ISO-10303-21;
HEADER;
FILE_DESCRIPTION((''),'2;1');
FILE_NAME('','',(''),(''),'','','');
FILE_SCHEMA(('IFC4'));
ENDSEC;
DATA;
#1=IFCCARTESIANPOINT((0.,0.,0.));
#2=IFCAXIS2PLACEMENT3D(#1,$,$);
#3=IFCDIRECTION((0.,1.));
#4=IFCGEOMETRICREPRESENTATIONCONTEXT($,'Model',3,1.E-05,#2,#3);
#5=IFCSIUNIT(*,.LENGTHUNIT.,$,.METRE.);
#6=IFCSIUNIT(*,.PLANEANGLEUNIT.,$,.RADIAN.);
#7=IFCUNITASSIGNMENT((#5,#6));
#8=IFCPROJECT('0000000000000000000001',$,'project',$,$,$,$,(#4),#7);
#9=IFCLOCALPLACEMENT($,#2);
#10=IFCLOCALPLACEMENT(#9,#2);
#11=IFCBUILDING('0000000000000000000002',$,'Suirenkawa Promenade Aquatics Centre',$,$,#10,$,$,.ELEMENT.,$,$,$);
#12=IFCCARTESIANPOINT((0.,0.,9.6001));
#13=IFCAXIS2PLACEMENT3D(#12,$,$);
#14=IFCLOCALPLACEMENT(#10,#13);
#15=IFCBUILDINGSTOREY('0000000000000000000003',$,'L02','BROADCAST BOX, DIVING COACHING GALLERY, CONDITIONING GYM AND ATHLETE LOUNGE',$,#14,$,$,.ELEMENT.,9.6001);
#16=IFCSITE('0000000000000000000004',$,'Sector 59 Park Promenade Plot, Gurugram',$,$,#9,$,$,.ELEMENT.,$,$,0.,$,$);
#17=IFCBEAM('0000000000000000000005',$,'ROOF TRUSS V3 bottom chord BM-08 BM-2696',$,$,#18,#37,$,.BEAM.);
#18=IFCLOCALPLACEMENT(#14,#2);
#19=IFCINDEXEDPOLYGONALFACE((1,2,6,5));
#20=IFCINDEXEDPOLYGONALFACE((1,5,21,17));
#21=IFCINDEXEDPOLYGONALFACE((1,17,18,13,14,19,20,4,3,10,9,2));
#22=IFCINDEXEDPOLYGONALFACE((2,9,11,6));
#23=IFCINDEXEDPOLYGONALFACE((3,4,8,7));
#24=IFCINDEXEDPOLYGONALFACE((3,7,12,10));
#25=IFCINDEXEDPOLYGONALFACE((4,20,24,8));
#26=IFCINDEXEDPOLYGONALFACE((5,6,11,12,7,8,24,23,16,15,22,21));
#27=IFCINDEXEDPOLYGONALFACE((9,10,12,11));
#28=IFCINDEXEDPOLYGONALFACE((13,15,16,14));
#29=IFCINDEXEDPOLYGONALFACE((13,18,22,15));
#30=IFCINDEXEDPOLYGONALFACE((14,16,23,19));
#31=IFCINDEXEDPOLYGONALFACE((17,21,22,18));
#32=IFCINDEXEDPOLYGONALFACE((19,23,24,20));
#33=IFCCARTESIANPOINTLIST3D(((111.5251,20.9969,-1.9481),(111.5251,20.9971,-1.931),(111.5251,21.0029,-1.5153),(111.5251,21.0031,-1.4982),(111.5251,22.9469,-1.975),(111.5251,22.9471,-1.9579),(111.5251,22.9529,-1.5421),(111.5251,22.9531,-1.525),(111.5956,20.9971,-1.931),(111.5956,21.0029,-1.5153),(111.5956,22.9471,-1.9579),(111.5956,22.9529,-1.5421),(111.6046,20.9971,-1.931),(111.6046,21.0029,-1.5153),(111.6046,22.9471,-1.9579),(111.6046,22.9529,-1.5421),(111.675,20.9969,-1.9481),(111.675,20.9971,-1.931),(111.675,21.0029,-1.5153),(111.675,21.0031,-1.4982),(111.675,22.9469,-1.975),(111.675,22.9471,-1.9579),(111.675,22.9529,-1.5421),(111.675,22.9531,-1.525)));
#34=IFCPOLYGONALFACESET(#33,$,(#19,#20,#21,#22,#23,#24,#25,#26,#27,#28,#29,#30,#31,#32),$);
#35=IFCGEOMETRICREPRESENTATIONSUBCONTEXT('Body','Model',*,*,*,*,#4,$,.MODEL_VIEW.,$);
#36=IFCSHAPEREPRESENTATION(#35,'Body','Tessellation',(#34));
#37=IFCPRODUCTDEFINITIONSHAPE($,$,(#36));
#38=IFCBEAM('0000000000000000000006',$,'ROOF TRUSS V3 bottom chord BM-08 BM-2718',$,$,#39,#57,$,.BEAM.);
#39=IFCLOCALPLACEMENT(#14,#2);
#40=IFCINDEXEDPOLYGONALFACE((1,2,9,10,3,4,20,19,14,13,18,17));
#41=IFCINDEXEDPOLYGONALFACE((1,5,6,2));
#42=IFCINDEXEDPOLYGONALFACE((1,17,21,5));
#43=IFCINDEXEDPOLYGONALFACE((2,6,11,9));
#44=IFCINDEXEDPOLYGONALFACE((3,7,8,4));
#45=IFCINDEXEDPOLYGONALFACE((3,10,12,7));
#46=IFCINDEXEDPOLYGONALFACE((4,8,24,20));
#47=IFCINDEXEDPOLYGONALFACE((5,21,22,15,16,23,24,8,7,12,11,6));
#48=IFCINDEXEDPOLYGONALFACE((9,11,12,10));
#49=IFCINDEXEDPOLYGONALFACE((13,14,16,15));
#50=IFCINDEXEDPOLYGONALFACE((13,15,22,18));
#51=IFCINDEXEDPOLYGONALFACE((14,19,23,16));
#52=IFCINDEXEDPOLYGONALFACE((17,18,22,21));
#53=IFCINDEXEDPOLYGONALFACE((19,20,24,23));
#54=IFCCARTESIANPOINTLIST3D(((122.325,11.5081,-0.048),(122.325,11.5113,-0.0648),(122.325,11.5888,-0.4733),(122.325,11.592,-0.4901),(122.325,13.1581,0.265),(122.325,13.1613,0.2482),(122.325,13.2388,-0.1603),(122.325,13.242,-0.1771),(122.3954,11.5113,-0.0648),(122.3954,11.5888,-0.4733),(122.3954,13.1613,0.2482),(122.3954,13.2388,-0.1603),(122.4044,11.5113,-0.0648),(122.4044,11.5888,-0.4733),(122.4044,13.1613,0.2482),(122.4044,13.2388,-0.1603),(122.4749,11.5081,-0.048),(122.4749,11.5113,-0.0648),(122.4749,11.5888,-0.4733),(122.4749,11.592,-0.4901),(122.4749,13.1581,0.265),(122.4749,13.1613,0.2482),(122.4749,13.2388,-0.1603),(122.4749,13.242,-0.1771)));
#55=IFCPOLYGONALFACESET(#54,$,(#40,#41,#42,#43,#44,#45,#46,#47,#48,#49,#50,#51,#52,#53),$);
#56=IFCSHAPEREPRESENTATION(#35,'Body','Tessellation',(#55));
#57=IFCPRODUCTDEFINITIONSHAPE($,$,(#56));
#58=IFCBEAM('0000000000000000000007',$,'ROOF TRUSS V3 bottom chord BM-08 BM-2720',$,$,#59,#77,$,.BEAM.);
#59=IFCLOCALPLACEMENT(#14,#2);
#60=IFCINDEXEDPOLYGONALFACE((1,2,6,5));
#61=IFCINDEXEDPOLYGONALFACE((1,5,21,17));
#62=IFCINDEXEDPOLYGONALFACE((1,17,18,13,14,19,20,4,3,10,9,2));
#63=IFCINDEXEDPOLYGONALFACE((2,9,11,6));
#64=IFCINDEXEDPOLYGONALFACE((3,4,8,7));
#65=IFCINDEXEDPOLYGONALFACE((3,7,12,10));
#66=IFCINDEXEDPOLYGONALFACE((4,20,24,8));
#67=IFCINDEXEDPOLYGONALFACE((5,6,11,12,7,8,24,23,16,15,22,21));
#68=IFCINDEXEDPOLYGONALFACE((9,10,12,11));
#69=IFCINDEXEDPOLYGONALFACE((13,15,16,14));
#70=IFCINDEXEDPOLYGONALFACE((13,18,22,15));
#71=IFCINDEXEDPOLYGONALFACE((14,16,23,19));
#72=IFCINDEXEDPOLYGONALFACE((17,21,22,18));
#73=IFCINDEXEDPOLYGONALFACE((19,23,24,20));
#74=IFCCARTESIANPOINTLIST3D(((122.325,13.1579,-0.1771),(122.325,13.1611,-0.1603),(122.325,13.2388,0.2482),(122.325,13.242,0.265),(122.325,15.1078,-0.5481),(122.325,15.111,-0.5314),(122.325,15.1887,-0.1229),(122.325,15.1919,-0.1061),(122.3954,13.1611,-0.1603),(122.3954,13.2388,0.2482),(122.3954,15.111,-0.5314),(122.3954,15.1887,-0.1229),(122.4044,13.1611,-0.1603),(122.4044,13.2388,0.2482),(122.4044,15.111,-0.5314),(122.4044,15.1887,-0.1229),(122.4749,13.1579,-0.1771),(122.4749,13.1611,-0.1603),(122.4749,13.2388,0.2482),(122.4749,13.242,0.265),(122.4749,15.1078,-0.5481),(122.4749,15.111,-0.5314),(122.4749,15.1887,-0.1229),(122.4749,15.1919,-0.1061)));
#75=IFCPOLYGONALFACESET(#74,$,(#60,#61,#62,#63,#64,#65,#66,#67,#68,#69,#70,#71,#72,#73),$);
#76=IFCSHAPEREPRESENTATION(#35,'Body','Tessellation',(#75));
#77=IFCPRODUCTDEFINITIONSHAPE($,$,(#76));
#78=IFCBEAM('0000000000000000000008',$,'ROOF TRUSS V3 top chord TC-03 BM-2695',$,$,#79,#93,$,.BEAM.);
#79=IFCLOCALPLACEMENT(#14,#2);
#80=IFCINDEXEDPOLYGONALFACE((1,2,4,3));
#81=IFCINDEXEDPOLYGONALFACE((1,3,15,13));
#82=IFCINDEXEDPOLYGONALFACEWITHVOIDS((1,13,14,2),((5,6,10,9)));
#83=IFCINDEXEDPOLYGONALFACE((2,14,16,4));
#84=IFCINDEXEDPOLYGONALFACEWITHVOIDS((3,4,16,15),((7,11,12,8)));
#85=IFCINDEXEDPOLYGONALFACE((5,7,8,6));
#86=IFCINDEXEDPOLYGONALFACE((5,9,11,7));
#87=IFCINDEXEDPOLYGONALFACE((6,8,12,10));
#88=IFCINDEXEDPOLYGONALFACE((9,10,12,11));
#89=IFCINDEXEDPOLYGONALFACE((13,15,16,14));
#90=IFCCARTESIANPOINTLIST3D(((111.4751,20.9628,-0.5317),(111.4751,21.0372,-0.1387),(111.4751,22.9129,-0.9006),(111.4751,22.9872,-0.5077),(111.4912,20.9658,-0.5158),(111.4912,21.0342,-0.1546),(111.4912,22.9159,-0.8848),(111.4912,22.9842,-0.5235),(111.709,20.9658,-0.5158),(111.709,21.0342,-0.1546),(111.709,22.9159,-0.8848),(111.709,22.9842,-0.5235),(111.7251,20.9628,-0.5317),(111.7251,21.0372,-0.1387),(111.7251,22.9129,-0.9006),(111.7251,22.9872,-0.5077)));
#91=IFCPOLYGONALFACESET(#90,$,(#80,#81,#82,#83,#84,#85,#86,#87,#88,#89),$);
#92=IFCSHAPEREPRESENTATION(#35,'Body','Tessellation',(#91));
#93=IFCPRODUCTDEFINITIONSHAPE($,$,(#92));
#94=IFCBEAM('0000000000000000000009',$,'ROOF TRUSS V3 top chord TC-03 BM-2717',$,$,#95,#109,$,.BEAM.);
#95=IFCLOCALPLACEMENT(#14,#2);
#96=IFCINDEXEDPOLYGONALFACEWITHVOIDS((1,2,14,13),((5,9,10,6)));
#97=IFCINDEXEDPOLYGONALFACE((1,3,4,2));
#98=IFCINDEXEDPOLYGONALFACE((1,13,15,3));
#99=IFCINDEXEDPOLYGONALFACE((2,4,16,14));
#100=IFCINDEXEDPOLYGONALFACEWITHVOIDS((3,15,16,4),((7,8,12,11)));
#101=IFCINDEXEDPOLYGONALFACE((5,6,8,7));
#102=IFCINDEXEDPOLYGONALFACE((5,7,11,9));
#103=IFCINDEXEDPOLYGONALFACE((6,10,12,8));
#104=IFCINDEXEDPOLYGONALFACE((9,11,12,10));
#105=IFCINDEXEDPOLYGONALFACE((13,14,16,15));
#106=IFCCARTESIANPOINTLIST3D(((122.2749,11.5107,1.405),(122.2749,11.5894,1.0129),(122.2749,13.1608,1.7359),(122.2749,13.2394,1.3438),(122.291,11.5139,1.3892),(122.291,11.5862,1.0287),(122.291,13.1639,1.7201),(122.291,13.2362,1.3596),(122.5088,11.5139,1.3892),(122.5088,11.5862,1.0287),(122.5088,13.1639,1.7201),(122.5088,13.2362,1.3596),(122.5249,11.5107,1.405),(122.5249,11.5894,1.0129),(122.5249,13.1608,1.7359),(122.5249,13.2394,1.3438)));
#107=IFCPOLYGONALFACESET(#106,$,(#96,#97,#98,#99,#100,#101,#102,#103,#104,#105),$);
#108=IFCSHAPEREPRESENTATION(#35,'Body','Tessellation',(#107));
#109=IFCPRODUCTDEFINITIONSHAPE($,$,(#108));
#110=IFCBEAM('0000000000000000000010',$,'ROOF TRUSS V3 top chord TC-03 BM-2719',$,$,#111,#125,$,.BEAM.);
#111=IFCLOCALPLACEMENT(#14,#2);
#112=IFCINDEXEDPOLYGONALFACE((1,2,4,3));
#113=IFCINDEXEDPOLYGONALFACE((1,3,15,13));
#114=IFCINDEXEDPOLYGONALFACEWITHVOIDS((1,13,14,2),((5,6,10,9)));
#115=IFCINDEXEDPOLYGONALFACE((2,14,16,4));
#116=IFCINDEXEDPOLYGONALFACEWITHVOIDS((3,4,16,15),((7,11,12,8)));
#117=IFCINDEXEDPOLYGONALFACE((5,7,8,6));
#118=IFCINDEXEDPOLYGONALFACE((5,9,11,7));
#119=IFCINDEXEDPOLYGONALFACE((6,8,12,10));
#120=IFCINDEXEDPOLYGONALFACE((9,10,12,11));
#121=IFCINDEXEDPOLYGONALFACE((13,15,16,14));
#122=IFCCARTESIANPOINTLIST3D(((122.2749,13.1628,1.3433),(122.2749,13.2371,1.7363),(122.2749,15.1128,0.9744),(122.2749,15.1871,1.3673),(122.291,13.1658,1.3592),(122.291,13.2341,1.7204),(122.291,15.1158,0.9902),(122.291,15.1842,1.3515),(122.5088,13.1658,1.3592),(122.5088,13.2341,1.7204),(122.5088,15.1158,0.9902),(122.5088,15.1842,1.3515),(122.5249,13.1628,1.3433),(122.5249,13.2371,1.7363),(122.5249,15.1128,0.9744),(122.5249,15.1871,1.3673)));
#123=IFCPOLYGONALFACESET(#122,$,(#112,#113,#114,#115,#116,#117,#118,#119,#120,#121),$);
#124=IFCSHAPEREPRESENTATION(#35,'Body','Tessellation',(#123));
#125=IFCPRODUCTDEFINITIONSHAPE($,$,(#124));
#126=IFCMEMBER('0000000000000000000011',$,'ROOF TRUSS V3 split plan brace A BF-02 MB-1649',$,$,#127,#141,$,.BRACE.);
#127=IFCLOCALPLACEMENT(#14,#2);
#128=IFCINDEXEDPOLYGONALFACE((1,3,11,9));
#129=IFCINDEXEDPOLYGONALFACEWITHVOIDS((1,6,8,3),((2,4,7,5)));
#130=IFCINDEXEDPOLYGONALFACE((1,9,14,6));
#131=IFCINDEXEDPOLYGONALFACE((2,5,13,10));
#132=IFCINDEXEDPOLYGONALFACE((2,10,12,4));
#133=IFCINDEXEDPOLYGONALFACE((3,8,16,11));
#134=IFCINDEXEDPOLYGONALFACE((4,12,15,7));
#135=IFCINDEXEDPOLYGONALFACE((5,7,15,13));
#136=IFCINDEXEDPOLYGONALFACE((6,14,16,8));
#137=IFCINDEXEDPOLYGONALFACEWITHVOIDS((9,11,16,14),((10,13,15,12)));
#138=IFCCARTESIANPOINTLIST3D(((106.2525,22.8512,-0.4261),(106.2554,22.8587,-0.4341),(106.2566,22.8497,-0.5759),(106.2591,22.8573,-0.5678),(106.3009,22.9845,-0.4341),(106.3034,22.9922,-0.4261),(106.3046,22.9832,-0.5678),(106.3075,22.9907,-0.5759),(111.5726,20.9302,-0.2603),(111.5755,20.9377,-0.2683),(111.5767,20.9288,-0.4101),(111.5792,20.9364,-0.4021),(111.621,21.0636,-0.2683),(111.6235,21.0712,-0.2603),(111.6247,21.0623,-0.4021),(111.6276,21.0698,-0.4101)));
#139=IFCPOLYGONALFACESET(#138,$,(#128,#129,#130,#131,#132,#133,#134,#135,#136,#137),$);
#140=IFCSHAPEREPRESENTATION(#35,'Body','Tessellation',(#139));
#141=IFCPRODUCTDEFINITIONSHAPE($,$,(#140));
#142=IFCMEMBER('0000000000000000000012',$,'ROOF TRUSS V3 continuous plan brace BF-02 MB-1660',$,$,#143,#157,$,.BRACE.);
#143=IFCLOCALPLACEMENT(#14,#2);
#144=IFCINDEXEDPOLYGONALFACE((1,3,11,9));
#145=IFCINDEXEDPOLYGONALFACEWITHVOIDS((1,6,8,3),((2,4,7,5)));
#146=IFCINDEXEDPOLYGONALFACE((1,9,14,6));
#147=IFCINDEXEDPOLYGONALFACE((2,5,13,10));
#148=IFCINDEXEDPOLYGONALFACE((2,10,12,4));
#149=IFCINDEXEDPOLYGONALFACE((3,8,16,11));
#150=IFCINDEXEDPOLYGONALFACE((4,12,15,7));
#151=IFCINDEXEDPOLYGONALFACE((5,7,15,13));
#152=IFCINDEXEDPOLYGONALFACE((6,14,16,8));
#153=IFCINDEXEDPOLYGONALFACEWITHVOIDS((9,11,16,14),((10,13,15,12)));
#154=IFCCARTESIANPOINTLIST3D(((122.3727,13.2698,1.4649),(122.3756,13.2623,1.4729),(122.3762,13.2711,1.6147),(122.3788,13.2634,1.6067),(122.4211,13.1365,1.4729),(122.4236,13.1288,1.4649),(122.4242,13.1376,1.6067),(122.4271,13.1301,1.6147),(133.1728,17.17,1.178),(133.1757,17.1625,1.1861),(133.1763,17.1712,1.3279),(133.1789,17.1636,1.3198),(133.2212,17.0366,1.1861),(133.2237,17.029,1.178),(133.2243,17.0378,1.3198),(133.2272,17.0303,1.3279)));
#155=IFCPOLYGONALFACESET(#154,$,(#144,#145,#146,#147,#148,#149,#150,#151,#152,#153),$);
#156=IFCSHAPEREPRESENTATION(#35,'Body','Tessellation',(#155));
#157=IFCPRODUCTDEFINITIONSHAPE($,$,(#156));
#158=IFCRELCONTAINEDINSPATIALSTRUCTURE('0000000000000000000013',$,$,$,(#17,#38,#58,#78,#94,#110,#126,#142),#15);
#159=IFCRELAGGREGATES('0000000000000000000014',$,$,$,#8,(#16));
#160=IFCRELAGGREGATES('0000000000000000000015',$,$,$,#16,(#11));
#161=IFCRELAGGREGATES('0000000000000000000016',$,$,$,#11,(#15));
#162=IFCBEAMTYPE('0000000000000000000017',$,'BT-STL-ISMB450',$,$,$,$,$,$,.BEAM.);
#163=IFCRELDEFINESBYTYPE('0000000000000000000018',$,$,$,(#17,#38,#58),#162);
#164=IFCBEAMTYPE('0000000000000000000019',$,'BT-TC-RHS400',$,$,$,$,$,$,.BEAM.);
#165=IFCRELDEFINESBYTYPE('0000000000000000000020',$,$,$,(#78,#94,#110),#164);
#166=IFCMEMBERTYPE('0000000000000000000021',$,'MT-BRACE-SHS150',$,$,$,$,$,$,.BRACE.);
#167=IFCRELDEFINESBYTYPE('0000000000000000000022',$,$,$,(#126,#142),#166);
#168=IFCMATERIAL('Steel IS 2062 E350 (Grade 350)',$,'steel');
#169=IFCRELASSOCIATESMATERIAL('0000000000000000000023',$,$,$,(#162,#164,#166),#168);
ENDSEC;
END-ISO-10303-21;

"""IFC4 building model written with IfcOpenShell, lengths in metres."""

from ifc_helpers import new_model, si_unit, direction, frame, origin, origin_2d, place, context, subcontext, project, spatial, hollow_rectangle, i_section, extrude, material, material_profile, profile_set, type_object, element, save


model = new_model("IFC4")

# Units and contexts
model_context = context("Model", 3, precision=1e-05, world=origin(), true_north=direction((0.0, 1.0)))
body_context = subcontext(model_context, "Body", "Model", "MODEL_VIEW")
ifc_project = project(units=[si_unit("LENGTHUNIT", "METRE"), si_unit("PLANEANGLEUNIT", "RADIAN")], contexts=[model_context])

# Site, building, storey
site_placement = place(None, origin())
site = spatial("IfcSite", under=ifc_project, at=site_placement, Name="Sector 59 Park Promenade Plot, Gurugram", CompositionType="ELEMENT", RefElevation=0.0)
building_placement = place(site_placement, origin())
building = spatial("IfcBuilding", under=site, at=building_placement, Name="Suirenkawa Promenade Aquatics Centre", CompositionType="ELEMENT")
storey_placement = place(building_placement, frame((0.0, 0.0, 9.6001)))
storey = spatial("IfcBuildingStorey", under=building, at=storey_placement, Name="L02", Description="BROADCAST BOX, DIVING COACHING GALLERY, CONDITIONING GYM AND ATHLETE LOUNGE", CompositionType="ELEMENT", Elevation=9.6001)

# Beams
ifc_material_1 = material(Name="Steel IS 2062 E350 (Grade 350)", Category="steel")
ifc_material_profile_1 = material_profile(ifc_material_1, i_section(OverallWidth=0.1499, OverallDepth=0.45, WebThickness=0.009, FlangeThickness=0.0171, at=origin_2d()), Name="ISMB 450", Category="steel")
ifc_profile_set_1 = profile_set([ifc_material_profile_1], Name="Steel IS 2062 E350 (Grade 350)")
beam_type_1 = type_object("IfcBeamType", Name="BT-STL-ISMB450", PredefinedType="BEAM", material=ifc_profile_set_1)
beam_1_placement = place(storey_placement, frame((111.6001, 21.0, -1.7231), z_axis=(0.0, 0.999905, -0.013771), x_axis=(-1.0, 0.0, 0.0)))
element("IfcBeam", 1, at=beam_1_placement, inside=storey, type_object=beam_type_1, Name="ROOF TRUSS V3 bottom chord BM-08 BM-2696", PredefinedType="BEAM", context=body_context, shape_type="SweptSolid", body=[
    extrude(i_section(OverallWidth=0.1499, OverallDepth=0.45, WebThickness=0.009, FlangeThickness=0.0171, at=origin_2d()), origin(), (0.0, 0.0, 1.0), 1.9502),
])
beam_2_placement = place(storey_placement, frame((122.3999, 11.55, -0.269), z_axis=(0.0, 0.982478, 0.186377), x_axis=(-1.0, 0.0, 0.0)))
element("IfcBeam", 2, at=beam_2_placement, inside=storey, type_object=beam_type_1, Name="ROOF TRUSS V3 bottom chord BM-08 BM-2718", PredefinedType="BEAM", context=body_context, shape_type="SweptSolid", body=[
    extrude(i_section(OverallWidth=0.1499, OverallDepth=0.45, WebThickness=0.009, FlangeThickness=0.0171, at=origin_2d()), origin(), (0.0, 0.0, 1.0), 1.6794),
])
beam_3_placement = place(storey_placement, frame((122.3999, 13.2, 0.0439), z_axis=(0.0, 0.982369, -0.186954), x_axis=(-1.0, 0.0, 0.0)))
element("IfcBeam", 3, at=beam_3_placement, inside=storey, type_object=beam_type_1, Name="ROOF TRUSS V3 bottom chord BM-08 BM-2720", PredefinedType="BEAM", context=body_context, shape_type="SweptSolid", body=[
    extrude(i_section(OverallWidth=0.1499, OverallDepth=0.45, WebThickness=0.009, FlangeThickness=0.0171, at=origin_2d()), origin(), (0.0, 0.0, 1.0), 1.9849),
])
ifc_material_profile_2 = material_profile(ifc_material_1, hollow_rectangle(XDim=0.25, YDim=0.3999, WallThickness=0.0161, at=origin_2d()), Name="RHS 400x250x16", Category="steel")
ifc_profile_set_2 = profile_set([ifc_material_profile_2], Name="Steel IS 2062 E350 (Grade 350)")
beam_type_2 = type_object("IfcBeamType", Name="BT-TC-RHS400", PredefinedType="BEAM", material=ifc_profile_set_2)
beam_4_placement = place(storey_placement, frame((111.6001, 21.0, -0.3352), z_axis=(0.0, 0.982571, -0.185885), x_axis=(-1.0, 0.0, 0.0)))
element("IfcBeam", 4, at=beam_4_placement, inside=storey, type_object=beam_type_2, Name="ROOF TRUSS V3 top chord TC-03 BM-2695", PredefinedType="BEAM", context=body_context, shape_type="SweptSolid", body=[
    extrude(hollow_rectangle(XDim=0.25, YDim=0.3999, WallThickness=0.0161, at=origin_2d()), origin(), (0.0, 0.0, 1.0), 1.9846),
])
beam_5_placement = place(storey_placement, frame((122.3999, 11.55, 1.209), z_axis=(0.0, 0.980486, 0.19659), x_axis=(-1.0, 0.0, 0.0)))
element("IfcBeam", 5, at=beam_5_placement, inside=storey, type_object=beam_type_2, Name="ROOF TRUSS V3 top chord TC-03 BM-2717", PredefinedType="BEAM", context=body_context, shape_type="SweptSolid", body=[
    extrude(hollow_rectangle(XDim=0.25, YDim=0.3999, WallThickness=0.0161, at=origin_2d()), origin(), (0.0, 0.0, 1.0), 1.6829),
])
beam_6_placement = place(storey_placement, frame((122.3999, 13.2, 1.5398), z_axis=(0.0, 0.982571, -0.185885), x_axis=(-1.0, 0.0, 0.0)))
element("IfcBeam", 6, at=beam_6_placement, inside=storey, type_object=beam_type_2, Name="ROOF TRUSS V3 top chord TC-03 BM-2719", PredefinedType="BEAM", context=body_context, shape_type="SweptSolid", body=[
    extrude(hollow_rectangle(XDim=0.25, YDim=0.3999, WallThickness=0.0161, at=origin_2d()), origin(), (0.0, 0.0, 1.0), 1.9846),
])

# Members
ifc_material_profile_3 = material_profile(ifc_material_1, hollow_rectangle(XDim=0.1499, YDim=0.1499, WallThickness=0.0081, at=origin_2d()), Name="SHS 150x150x8", Category="steel")
ifc_profile_set_3 = profile_set([ifc_material_profile_3], Name="Steel IS 2062 E350 (Grade 350)")
member_type_1 = type_object("IfcMemberType", Name="MT-BRACE-SHS150", PredefinedType="BRACE", material=ifc_profile_set_3)
member_1_placement = place(storey_placement, frame((111.6001, 21.0, -0.3352), z_axis=(-0.940164, 0.339462, -0.029295), x_axis=(-0.339607, -0.940567, 0.0)))
element("IfcMember", 7, at=member_1_placement, inside=storey, type_object=member_type_1, Name="ROOF TRUSS V3 split plan brace A BF-02 MB-1649", PredefinedType="BRACE", context=body_context, shape_type="SweptSolid", body=[
    extrude(hollow_rectangle(XDim=0.1499, YDim=0.1499, WallThickness=0.0081, at=origin_2d()), origin(), (0.0, 0.0, 1.0), 5.6587),
])
member_2_placement = place(storey_placement, frame((122.3999, 13.2, 1.5398), z_axis=(0.940257, 0.339548, -0.024975), x_axis=(-0.339654, 0.94055, 0.0)))
element("IfcMember", 8, at=member_2_placement, inside=storey, type_object=member_type_1, Name="ROOF TRUSS V3 continuous plan brace BF-02 MB-1660", PredefinedType="BRACE", context=body_context, shape_type="SweptSolid", body=[
    extrude(hollow_rectangle(XDim=0.1499, YDim=0.1499, WallThickness=0.0081, at=origin_2d()), origin(), (0.0, 0.0, 1.0), 11.4863),
])

save(model, "model.ifc")
